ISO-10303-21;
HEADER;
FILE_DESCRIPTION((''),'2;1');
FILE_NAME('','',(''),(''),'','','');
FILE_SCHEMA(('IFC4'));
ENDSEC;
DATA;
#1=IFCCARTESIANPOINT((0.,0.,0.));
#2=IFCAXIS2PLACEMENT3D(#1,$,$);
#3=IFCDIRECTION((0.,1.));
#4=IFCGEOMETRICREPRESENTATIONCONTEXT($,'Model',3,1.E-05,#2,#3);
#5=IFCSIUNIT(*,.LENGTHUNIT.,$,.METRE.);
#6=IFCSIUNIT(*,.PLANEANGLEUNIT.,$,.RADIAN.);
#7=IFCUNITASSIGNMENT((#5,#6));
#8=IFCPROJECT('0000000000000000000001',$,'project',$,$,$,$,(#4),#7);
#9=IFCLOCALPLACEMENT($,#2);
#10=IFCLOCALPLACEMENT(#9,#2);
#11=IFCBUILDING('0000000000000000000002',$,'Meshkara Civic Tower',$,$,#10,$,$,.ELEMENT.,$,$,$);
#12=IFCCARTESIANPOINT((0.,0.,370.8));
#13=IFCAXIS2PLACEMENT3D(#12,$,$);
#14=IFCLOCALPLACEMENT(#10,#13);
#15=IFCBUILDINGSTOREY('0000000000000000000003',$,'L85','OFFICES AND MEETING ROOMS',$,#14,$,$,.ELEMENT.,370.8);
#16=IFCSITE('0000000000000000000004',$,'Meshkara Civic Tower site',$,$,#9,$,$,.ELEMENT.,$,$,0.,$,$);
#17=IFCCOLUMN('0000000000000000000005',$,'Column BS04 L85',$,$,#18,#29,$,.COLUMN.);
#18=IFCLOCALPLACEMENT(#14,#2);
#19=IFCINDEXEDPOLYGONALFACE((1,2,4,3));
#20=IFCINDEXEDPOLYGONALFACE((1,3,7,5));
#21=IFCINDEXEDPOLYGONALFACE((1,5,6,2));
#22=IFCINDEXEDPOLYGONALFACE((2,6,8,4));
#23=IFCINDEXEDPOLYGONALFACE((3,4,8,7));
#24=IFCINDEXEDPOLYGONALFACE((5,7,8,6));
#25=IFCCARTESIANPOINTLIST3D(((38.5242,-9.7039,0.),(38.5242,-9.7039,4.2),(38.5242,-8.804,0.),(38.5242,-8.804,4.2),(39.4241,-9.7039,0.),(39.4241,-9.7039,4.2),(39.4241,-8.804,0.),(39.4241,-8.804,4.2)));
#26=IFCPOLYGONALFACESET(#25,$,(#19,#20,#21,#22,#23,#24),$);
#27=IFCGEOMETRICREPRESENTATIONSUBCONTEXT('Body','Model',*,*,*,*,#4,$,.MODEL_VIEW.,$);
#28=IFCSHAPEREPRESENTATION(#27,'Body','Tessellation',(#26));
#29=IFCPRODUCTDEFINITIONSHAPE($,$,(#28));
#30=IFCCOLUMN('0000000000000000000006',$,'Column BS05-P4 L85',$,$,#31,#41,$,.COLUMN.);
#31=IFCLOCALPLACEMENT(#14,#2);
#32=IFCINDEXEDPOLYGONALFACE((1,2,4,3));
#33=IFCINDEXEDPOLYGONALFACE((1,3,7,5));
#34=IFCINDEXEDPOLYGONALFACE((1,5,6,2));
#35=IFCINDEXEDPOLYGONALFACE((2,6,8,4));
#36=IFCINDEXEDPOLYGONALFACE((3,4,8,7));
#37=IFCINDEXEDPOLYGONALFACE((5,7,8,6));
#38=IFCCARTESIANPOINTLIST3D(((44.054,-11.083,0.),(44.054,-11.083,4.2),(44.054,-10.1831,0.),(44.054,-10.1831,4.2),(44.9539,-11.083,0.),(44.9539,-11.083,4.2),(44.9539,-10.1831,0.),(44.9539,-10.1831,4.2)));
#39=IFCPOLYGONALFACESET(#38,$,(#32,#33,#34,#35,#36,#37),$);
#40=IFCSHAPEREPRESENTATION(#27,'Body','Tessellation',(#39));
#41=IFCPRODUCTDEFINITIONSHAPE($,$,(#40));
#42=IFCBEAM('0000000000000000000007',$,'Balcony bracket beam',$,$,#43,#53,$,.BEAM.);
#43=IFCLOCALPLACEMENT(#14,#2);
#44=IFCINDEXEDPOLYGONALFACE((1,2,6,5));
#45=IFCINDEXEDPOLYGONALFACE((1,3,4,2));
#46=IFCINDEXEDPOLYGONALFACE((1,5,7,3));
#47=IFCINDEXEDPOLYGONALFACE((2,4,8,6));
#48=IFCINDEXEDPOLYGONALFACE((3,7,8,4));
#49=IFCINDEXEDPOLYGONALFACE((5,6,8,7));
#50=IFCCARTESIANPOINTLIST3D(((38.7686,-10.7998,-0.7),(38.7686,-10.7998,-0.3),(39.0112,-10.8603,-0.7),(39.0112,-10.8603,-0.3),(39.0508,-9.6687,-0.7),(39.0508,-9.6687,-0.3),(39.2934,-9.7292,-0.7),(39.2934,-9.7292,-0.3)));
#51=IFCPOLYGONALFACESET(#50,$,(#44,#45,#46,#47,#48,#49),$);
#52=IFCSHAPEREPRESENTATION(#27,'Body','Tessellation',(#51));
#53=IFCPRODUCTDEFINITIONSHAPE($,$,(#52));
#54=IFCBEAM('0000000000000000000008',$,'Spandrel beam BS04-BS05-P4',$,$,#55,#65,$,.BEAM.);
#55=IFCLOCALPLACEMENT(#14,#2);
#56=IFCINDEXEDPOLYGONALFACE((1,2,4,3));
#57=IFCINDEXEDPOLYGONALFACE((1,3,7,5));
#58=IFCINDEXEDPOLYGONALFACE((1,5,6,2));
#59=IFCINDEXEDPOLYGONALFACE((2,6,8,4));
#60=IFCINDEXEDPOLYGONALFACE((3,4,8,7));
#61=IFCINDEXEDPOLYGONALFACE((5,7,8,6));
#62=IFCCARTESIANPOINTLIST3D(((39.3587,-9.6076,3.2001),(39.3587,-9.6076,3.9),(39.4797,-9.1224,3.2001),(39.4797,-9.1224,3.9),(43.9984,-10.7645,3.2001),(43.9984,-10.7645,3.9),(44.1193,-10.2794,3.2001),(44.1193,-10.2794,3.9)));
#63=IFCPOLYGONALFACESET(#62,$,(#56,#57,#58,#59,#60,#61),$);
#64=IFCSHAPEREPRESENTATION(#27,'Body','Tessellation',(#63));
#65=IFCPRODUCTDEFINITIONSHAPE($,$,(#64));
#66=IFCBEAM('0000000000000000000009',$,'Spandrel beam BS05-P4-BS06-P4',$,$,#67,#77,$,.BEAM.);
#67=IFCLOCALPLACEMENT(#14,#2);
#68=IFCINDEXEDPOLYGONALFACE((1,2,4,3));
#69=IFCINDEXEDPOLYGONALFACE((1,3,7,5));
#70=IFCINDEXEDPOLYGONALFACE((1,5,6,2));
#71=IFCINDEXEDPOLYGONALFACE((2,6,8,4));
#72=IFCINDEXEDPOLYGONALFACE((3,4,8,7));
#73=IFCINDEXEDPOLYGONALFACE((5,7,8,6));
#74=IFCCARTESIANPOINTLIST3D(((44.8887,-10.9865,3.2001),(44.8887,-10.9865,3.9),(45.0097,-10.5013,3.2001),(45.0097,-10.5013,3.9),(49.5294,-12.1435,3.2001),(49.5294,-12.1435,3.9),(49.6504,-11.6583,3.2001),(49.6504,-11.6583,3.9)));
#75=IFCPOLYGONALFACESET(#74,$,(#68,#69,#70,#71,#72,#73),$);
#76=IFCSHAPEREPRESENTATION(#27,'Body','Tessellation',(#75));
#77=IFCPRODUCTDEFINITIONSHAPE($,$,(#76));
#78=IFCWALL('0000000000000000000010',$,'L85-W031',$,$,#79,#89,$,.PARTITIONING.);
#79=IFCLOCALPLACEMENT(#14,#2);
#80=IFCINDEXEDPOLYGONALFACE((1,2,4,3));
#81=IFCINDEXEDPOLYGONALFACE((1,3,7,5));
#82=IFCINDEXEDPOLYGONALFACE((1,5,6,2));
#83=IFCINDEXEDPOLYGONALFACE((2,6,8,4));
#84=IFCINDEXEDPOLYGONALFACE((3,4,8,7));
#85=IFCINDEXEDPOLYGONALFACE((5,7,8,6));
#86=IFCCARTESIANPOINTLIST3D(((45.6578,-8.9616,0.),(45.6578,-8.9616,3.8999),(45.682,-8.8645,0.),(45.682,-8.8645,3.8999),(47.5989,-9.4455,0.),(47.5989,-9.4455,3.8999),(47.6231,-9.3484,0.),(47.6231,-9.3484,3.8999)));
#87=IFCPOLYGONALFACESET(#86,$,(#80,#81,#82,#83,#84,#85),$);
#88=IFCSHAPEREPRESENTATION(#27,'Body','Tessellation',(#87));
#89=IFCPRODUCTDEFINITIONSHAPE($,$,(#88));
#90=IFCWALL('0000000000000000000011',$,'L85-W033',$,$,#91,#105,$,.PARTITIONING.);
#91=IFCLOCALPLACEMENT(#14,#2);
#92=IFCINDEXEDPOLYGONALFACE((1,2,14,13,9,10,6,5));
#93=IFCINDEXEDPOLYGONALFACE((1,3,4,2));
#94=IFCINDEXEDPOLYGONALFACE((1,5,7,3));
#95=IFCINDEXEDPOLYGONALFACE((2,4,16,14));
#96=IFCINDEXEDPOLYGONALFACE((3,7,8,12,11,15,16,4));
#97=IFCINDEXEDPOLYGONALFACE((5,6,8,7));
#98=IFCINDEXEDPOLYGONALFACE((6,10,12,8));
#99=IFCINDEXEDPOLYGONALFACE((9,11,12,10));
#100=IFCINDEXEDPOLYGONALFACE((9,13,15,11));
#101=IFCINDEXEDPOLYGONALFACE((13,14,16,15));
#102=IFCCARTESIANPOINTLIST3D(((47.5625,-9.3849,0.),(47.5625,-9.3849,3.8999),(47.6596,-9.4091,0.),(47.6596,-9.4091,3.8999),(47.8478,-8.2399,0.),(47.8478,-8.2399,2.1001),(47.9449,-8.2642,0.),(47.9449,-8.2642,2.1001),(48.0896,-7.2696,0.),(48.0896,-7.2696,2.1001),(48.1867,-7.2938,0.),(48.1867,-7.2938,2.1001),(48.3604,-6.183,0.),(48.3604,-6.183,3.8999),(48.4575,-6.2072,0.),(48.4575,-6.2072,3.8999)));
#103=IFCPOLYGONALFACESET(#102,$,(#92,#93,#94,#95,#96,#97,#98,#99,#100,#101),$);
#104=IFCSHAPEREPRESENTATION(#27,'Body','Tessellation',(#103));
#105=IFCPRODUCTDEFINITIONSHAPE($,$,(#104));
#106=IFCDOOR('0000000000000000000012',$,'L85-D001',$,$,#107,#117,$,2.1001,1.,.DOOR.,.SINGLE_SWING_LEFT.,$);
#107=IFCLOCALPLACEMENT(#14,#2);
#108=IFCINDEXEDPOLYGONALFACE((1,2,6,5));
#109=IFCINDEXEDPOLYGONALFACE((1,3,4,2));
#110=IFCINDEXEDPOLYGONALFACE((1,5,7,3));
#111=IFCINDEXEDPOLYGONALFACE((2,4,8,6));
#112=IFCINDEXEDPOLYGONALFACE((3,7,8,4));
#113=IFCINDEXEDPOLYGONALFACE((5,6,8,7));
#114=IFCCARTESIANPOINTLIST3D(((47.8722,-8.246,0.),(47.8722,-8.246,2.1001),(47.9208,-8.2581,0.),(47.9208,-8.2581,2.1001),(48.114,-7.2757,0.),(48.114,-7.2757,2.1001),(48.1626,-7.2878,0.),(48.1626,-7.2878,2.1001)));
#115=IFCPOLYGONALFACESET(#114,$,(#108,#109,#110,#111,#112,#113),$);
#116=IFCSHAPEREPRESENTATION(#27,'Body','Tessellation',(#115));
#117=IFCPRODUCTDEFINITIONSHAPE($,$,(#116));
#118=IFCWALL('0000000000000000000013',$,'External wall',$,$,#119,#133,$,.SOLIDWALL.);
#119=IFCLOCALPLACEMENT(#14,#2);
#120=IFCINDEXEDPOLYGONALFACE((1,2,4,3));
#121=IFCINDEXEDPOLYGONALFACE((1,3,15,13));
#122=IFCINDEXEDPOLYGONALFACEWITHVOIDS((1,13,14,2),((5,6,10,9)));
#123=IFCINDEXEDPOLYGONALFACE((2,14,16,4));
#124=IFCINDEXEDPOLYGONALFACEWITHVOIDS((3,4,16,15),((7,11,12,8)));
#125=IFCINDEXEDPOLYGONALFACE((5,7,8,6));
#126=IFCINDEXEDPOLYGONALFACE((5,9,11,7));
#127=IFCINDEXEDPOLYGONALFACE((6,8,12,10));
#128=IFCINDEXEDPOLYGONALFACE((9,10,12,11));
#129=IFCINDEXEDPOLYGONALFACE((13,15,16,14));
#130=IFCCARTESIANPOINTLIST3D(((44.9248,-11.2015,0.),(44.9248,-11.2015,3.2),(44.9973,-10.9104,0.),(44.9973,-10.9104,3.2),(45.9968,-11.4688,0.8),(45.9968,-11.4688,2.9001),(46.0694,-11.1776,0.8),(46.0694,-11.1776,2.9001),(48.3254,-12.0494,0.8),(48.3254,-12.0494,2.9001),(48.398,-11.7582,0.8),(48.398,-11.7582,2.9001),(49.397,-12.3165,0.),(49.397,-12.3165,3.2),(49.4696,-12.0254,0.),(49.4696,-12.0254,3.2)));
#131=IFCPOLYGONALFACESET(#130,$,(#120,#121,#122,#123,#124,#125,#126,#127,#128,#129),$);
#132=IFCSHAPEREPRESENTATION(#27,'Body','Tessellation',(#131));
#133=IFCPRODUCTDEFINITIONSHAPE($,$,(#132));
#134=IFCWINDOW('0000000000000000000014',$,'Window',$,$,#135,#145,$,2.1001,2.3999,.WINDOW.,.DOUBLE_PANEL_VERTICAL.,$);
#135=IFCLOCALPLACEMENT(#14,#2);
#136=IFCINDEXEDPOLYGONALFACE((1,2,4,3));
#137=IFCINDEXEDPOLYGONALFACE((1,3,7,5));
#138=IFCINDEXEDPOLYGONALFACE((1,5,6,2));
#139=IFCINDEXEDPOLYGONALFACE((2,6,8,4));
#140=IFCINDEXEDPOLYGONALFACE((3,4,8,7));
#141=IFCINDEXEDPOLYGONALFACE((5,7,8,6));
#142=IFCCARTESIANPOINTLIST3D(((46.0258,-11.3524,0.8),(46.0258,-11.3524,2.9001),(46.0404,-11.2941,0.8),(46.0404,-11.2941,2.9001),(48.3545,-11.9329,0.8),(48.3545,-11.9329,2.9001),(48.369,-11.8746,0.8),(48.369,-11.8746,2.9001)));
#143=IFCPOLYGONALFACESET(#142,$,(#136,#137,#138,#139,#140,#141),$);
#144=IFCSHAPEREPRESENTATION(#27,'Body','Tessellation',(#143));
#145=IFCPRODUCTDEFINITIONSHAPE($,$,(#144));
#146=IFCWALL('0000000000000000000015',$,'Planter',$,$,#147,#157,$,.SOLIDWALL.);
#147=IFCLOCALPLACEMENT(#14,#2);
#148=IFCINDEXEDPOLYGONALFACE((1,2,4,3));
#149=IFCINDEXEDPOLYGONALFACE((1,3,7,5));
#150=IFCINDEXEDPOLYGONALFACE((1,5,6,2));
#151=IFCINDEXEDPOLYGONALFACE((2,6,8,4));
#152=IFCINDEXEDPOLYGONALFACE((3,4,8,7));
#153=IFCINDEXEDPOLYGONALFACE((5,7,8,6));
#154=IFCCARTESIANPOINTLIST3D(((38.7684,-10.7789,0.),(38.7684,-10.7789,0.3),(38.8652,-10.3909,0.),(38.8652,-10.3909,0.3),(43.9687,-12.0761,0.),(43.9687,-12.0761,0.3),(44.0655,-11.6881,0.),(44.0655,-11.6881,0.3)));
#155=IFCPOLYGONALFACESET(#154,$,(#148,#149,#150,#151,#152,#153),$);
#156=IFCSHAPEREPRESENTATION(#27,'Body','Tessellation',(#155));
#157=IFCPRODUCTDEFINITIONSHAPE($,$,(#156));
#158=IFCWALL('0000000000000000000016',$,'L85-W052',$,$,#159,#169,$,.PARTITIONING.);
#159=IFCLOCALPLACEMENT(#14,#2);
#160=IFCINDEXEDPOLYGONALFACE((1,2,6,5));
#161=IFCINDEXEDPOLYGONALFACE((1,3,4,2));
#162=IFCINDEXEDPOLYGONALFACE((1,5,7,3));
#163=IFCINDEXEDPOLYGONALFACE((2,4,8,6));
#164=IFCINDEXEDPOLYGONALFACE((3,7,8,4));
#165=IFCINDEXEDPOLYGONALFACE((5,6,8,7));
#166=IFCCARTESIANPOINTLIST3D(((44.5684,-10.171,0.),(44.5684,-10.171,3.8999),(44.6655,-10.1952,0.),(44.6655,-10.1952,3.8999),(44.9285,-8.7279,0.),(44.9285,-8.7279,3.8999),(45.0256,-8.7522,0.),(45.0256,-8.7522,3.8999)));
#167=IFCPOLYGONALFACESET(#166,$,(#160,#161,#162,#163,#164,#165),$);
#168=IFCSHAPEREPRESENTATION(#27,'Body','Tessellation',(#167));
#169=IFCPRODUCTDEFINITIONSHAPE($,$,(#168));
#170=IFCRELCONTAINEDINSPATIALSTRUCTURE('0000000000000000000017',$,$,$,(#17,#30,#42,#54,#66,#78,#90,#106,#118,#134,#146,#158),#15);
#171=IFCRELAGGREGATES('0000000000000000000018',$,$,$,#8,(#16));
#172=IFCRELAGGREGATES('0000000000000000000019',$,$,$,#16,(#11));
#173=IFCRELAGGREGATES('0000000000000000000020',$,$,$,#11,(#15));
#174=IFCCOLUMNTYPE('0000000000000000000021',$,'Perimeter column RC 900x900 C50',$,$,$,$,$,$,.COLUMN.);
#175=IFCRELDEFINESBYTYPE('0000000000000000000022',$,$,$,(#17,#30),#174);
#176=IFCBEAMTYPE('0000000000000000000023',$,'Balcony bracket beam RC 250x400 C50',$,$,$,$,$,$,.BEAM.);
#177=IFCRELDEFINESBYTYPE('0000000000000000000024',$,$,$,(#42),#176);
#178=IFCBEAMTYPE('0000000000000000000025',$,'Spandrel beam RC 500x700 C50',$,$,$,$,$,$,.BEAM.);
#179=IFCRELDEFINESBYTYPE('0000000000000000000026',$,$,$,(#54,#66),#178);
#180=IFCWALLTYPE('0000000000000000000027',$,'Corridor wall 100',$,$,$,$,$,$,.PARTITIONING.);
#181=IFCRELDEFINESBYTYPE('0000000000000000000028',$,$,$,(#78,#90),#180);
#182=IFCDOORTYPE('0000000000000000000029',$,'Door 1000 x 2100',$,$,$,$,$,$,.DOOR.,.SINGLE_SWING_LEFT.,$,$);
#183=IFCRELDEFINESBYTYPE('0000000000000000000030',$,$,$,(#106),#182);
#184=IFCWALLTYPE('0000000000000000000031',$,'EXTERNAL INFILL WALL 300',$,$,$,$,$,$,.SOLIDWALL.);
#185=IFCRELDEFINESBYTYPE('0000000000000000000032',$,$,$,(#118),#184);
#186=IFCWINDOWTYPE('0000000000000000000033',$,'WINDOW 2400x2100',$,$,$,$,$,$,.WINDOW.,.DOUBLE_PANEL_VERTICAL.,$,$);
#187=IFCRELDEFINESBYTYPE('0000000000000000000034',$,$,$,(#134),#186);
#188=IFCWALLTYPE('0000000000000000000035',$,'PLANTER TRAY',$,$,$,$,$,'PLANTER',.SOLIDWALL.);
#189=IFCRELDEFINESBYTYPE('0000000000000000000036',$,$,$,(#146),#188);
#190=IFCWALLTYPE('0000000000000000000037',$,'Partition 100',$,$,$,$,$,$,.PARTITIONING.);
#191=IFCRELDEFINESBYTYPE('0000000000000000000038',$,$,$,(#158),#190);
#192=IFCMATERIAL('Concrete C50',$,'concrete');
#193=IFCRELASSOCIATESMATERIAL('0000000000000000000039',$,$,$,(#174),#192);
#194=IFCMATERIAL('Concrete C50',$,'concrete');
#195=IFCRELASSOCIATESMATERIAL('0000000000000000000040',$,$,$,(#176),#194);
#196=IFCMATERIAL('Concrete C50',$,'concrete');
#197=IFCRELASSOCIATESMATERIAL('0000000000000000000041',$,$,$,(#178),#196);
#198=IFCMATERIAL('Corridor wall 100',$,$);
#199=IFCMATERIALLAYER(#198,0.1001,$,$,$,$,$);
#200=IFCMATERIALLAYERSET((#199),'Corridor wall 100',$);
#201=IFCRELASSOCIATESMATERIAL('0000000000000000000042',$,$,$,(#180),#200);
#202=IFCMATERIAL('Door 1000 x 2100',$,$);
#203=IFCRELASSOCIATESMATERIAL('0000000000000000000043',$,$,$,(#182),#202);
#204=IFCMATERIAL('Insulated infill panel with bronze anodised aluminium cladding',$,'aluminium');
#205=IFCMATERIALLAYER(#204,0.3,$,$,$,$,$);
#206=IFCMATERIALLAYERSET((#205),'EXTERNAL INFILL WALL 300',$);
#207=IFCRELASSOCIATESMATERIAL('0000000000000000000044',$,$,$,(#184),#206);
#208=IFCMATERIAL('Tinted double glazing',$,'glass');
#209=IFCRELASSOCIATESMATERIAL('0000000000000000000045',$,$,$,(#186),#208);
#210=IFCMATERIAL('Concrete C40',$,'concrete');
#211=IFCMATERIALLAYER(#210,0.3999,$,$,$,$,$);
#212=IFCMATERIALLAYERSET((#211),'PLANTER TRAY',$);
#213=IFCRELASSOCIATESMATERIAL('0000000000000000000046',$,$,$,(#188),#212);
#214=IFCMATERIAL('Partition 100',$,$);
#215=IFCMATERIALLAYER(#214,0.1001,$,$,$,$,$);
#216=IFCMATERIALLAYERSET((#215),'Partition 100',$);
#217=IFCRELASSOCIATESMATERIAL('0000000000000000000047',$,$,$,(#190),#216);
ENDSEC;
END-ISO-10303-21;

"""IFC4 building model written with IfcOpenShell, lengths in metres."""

from ifc_helpers import new_model, si_unit, direction, frame, frame_2d, origin, origin_2d, place, context, subcontext, project, spatial, rectangle, extrude, material, layer, layer_set, material_profile, profile_set, type_object, element, fill, save


model = new_model("IFC4")

# Units and contexts
model_context = context("Model", 3, precision=1e-05, world=origin(), true_north=direction((0.0, 1.0)))
body_context = subcontext(model_context, "Body", "Model", "MODEL_VIEW")
ifc_project = project(units=[si_unit("LENGTHUNIT", "METRE"), si_unit("PLANEANGLEUNIT", "RADIAN")], contexts=[model_context])

# Site, building, storey
site_placement = place(None, origin())
site = spatial("IfcSite", under=ifc_project, at=site_placement, Name="Meshkara Civic Tower site", CompositionType="ELEMENT", RefElevation=0.0)
building_placement = place(site_placement, origin())
building = spatial("IfcBuilding", under=site, at=building_placement, Name="Meshkara Civic Tower", CompositionType="ELEMENT")
storey_placement = place(building_placement, frame((0.0, 0.0, 370.8)))
storey = spatial("IfcBuildingStorey", under=building, at=storey_placement, Name="L85", Description="OFFICES AND MEETING ROOMS", CompositionType="ELEMENT", Elevation=370.8)

# Columns
ifc_material_1 = material(Name="Concrete C50", Category="concrete")
ifc_material_profile_1 = material_profile(ifc_material_1, rectangle(XDim=0.8999, YDim=0.8999, at=origin_2d()))
ifc_profile_set_1 = profile_set([ifc_material_profile_1], Name="Concrete C50")
column_type = type_object("IfcColumnType", Name="Perimeter column RC 900x900 C50", PredefinedType="COLUMN", material=ifc_profile_set_1)
for number, where, z_axis, x_axis, name in (
    (1, (38.9741, -9.2539, 0.0), (0.0, 0.0, 1.0), (1.0, 0.0, 0.0), "Column BS04 L85"),
    (2, (44.5039, -10.6331, 0.0), (0.0, 0.0, 1.0), (1.0, 0.0, 0.0), "Column BS05-P4 L85"),
):
    element("IfcColumn", number, at=place(storey_placement, frame(where, z_axis=z_axis, x_axis=x_axis)), inside=storey, type_object=column_type, Name=name, PredefinedType="COLUMN", context=body_context, shape_type="SweptSolid", body=[
        extrude(rectangle(XDim=0.8999, YDim=0.8999, at=origin_2d()), origin(), (0.0, 0.0, 1.0), 4.2),
    ])

# Beams
ifc_material_2 = material(Name="Concrete C50", Category="concrete")
ifc_material_profile_2 = material_profile(ifc_material_2, rectangle(XDim=0.25, YDim=0.3999, at=origin_2d()))
ifc_profile_set_2 = profile_set([ifc_material_profile_2], Name="Concrete C50")
beam_type_1 = type_object("IfcBeamType", Name="Balcony bracket beam RC 250x400 C50", PredefinedType="BEAM", material=ifc_profile_set_2)
beam_1_placement = place(storey_placement, frame((39.1721, -9.699, -0.5), z_axis=(-0.242092, -0.970253, 0.0), x_axis=(0.970253, -0.242092, 0.0)))
element("IfcBeam", 3, at=beam_1_placement, inside=storey, type_object=beam_type_1, Name="Balcony bracket beam", PredefinedType="BEAM", context=body_context, shape_type="SweptSolid", body=[
    extrude(rectangle(XDim=0.25, YDim=0.3999, at=origin_2d()), origin(), (0.0, 0.0, 1.0), 1.1658),
])
ifc_material_3 = material(Name="Concrete C50", Category="concrete")
ifc_material_profile_3 = material_profile(ifc_material_3, rectangle(XDim=0.5, YDim=0.7, at=origin_2d()))
ifc_profile_set_3 = profile_set([ifc_material_profile_3], Name="Concrete C50")
beam_type_2 = type_object("IfcBeamType", Name="Spandrel beam RC 500x700 C50", PredefinedType="BEAM", material=ifc_profile_set_3)
beam_2_placement = place(storey_placement, frame((39.4192, -9.365, 3.55), z_axis=(0.970286, -0.241959, 0.0), x_axis=(0.241959, 0.970286, 0.0)))
element("IfcBeam", 4, at=beam_2_placement, inside=storey, type_object=beam_type_2, Name="Spandrel beam BS04-BS05-P4", PredefinedType="BEAM", context=body_context, shape_type="SweptSolid", body=[
    extrude(rectangle(XDim=0.5, YDim=0.7, at=origin_2d()), origin(), (0.0, 0.0, 1.0), 4.7817),
])
beam_3_placement = place(storey_placement, frame((44.9492, -10.7439, 3.55), z_axis=(0.970298, -0.241911, 0.0), x_axis=(0.241911, 0.970298, 0.0)))
element("IfcBeam", 5, at=beam_3_placement, inside=storey, type_object=beam_type_2, Name="Spandrel beam BS05-P4-BS06-P4", PredefinedType="BEAM", context=body_context, shape_type="SweptSolid", body=[
    extrude(rectangle(XDim=0.5, YDim=0.7, at=origin_2d()), origin(), (0.0, 0.0, 1.0), 4.7827),
])

# Wall
ifc_material_4 = material(Name="Corridor wall 100")
ifc_layer_1 = layer(ifc_material_4, 0.1001)
ifc_layer_set_1 = layer_set([ifc_layer_1], Name="Corridor wall 100")
wall_type_1 = type_object("IfcWallType", Name="Corridor wall 100", PredefinedType="PARTITIONING", material=ifc_layer_set_1)
wall_1_placement = place(storey_placement, frame((45.6699, -8.9131, 0.0), z_axis=(0.0, 0.0, 1.0), x_axis=(0.970307, -0.241875, 0.0)))
element("IfcWall", 6, at=wall_1_placement, inside=storey, type_object=wall_type_1, Name="L85-W031", PredefinedType="PARTITIONING", context=body_context, shape_type="SweptSolid", body=[
    extrude(rectangle(XDim=2.0005, YDim=0.1001, at=frame_2d((1.0002, 0.0))), origin(), (0.0, 0.0, 1.0), 3.8999),
])

# Wall, opening, door
wall_2_placement = place(storey_placement, frame((47.6111, -9.397, 0.0), z_axis=(0.0, 0.0, 1.0), x_axis=(0.241787, 0.970329, 0.0)))
wall_2 = element("IfcWall", 7, at=wall_2_placement, inside=storey, type_object=wall_type_1, Name="L85-W033", PredefinedType="PARTITIONING", context=body_context, shape_type="SweptSolid", body=[
    extrude(rectangle(XDim=3.2998, YDim=0.1001, at=frame_2d((1.6499, 0.0))), origin(), (0.0, 0.0, 1.0), 3.8999),
])
opening_1_placement = place(wall_2_placement, frame((1.1799, 0.0, 0.0)))
opening_1 = element("IfcOpeningElement", 8, at=opening_1_placement, cuts=wall_2, PredefinedType="OPENING", context=body_context, shape_type="SweptSolid", body=[
    extrude(rectangle(XDim=1.0, YDim=2.1001, at=frame_2d((0.5, 1.05))), frame((0.0, 0.0601, 0.0), z_axis=(0.0, -1.0, 0.0), x_axis=(1.0, 0.0, 0.0)), (0.0, 0.0, 1.0), 0.1201),
])
ifc_material_5 = material(Name="Door 1000 x 2100")
door_type_1 = type_object("IfcDoorType", Name="Door 1000 x 2100", OperationType="SINGLE_SWING_LEFT", PredefinedType="DOOR", material=ifc_material_5)
door_1_placement = place(opening_1_placement, origin())
door_1 = element("IfcDoor", 9, at=door_1_placement, inside=storey, type_object=door_type_1, Name="L85-D001", OperationType="SINGLE_SWING_LEFT", OverallHeight=2.1001, OverallWidth=1.0, PredefinedType="DOOR", context=body_context, shape_type="SweptSolid", body=[
    extrude(rectangle(XDim=1.0, YDim=2.1001, at=frame_2d((0.5, 1.05))), frame((0.0, 0.0249, 0.0), z_axis=(0.0, -1.0, 0.0), x_axis=(1.0, 0.0, 0.0)), (0.0, 0.0, 1.0), 0.05),
])
fill(opening_1, door_1)

# Wall, opening, window
ifc_material_6 = material(Name="Insulated infill panel with bronze anodised aluminium cladding", Category="aluminium")
ifc_layer_2 = layer(ifc_material_6, 0.3)
ifc_layer_set_2 = layer_set([ifc_layer_2], Name="EXTERNAL INFILL WALL 300")
wall_type_2 = type_object("IfcWallType", Name="EXTERNAL INFILL WALL 300", PredefinedType="SOLIDWALL", material=ifc_layer_set_2)
wall_3_placement = place(storey_placement, frame((44.9609, -11.0559, 0.0), z_axis=(0.0, 0.0, 1.0), x_axis=(0.970298, -0.241912, 0.0)))
wall_3 = element("IfcWall", 10, at=wall_3_placement, inside=storey, type_object=wall_type_2, Name="External wall", PredefinedType="SOLIDWALL", context=body_context, shape_type="SweptSolid", body=[
    extrude(rectangle(XDim=4.6091, YDim=0.3, at=frame_2d((2.3047, 0.0))), origin(), (0.0, 0.0, 1.0), 3.2),
])
opening_2_placement = place(wall_3_placement, frame((1.105, 0.0, 0.8)))
opening_2 = element("IfcOpeningElement", 11, at=opening_2_placement, cuts=wall_3, PredefinedType="OPENING", context=body_context, shape_type="SweptSolid", body=[
    extrude(rectangle(XDim=2.3999, YDim=2.1001, at=frame_2d((1.2, 1.05))), frame((0.0, 0.1599, 0.0), z_axis=(0.0, -1.0, 0.0), x_axis=(1.0, 0.0, 0.0)), (0.0, 0.0, 1.0), 0.3201),
])
ifc_material_7 = material(Name="Tinted double glazing", Category="glass")
window_type = type_object("IfcWindowType", Name="WINDOW 2400x2100", PartitioningType="DOUBLE_PANEL_VERTICAL", PredefinedType="WINDOW", material=ifc_material_7)
window_placement = place(opening_2_placement, origin())
window = element("IfcWindow", 12, at=window_placement, inside=storey, type_object=window_type, Name="Window", OverallHeight=2.1001, OverallWidth=2.3999, PartitioningType="DOUBLE_PANEL_VERTICAL", PredefinedType="WINDOW", context=body_context, shape_type="SweptSolid", body=[
    extrude(rectangle(XDim=2.3999, YDim=2.1001, at=frame_2d((1.2, 1.05))), frame((0.0, 0.03, 0.0), z_axis=(0.0, -1.0, 0.0), x_axis=(1.0, 0.0, 0.0)), (0.0, 0.0, 1.0), 0.0601),
])
fill(opening_2, window)

# Walls
ifc_material_8 = material(Name="Concrete C40", Category="concrete")
ifc_layer_3 = layer(ifc_material_8, 0.3999)
ifc_layer_set_3 = layer_set([ifc_layer_3], Name="PLANTER TRAY")
wall_type_3 = type_object("IfcWallType", Name="PLANTER TRAY", ElementType="PLANTER", PredefinedType="SOLIDWALL", material=ifc_layer_set_3)
wall_4_placement = place(storey_placement, frame((38.8169, -10.585, 0.0), z_axis=(0.0, 0.0, 1.0), x_axis=(0.970271, -0.242021, 0.0)))
element("IfcWall", 13, at=wall_4_placement, inside=storey, type_object=wall_type_3, Name="Planter", PredefinedType="SOLIDWALL", context=body_context, shape_type="SweptSolid", body=[
    extrude(rectangle(XDim=5.3596, YDim=0.3999, at=frame_2d((2.6797, 0.0))), origin(), (0.0, 0.0, 1.0), 0.3),
])
ifc_material_9 = material(Name="Partition 100")
ifc_layer_4 = layer(ifc_material_9, 0.1001)
ifc_layer_set_4 = layer_set([ifc_layer_4], Name="Partition 100")
wall_type_4 = type_object("IfcWallType", Name="Partition 100", PredefinedType="PARTITIONING", material=ifc_layer_set_4)
wall_5_placement = place(storey_placement, frame((44.6169, -10.1831, 0.0), z_axis=(0.0, 0.0, 1.0), x_axis=(0.242111, 0.970249, 0.0)))
element("IfcWall", 14, at=wall_5_placement, inside=storey, type_object=wall_type_4, Name="L85-W052", PredefinedType="PARTITIONING", context=body_context, shape_type="SweptSolid", body=[
    extrude(rectangle(XDim=1.4873, YDim=0.1001, at=frame_2d((0.7437, 0.0))), origin(), (0.0, 0.0, 1.0), 3.8999),
])

save(model, "model.ifc")
